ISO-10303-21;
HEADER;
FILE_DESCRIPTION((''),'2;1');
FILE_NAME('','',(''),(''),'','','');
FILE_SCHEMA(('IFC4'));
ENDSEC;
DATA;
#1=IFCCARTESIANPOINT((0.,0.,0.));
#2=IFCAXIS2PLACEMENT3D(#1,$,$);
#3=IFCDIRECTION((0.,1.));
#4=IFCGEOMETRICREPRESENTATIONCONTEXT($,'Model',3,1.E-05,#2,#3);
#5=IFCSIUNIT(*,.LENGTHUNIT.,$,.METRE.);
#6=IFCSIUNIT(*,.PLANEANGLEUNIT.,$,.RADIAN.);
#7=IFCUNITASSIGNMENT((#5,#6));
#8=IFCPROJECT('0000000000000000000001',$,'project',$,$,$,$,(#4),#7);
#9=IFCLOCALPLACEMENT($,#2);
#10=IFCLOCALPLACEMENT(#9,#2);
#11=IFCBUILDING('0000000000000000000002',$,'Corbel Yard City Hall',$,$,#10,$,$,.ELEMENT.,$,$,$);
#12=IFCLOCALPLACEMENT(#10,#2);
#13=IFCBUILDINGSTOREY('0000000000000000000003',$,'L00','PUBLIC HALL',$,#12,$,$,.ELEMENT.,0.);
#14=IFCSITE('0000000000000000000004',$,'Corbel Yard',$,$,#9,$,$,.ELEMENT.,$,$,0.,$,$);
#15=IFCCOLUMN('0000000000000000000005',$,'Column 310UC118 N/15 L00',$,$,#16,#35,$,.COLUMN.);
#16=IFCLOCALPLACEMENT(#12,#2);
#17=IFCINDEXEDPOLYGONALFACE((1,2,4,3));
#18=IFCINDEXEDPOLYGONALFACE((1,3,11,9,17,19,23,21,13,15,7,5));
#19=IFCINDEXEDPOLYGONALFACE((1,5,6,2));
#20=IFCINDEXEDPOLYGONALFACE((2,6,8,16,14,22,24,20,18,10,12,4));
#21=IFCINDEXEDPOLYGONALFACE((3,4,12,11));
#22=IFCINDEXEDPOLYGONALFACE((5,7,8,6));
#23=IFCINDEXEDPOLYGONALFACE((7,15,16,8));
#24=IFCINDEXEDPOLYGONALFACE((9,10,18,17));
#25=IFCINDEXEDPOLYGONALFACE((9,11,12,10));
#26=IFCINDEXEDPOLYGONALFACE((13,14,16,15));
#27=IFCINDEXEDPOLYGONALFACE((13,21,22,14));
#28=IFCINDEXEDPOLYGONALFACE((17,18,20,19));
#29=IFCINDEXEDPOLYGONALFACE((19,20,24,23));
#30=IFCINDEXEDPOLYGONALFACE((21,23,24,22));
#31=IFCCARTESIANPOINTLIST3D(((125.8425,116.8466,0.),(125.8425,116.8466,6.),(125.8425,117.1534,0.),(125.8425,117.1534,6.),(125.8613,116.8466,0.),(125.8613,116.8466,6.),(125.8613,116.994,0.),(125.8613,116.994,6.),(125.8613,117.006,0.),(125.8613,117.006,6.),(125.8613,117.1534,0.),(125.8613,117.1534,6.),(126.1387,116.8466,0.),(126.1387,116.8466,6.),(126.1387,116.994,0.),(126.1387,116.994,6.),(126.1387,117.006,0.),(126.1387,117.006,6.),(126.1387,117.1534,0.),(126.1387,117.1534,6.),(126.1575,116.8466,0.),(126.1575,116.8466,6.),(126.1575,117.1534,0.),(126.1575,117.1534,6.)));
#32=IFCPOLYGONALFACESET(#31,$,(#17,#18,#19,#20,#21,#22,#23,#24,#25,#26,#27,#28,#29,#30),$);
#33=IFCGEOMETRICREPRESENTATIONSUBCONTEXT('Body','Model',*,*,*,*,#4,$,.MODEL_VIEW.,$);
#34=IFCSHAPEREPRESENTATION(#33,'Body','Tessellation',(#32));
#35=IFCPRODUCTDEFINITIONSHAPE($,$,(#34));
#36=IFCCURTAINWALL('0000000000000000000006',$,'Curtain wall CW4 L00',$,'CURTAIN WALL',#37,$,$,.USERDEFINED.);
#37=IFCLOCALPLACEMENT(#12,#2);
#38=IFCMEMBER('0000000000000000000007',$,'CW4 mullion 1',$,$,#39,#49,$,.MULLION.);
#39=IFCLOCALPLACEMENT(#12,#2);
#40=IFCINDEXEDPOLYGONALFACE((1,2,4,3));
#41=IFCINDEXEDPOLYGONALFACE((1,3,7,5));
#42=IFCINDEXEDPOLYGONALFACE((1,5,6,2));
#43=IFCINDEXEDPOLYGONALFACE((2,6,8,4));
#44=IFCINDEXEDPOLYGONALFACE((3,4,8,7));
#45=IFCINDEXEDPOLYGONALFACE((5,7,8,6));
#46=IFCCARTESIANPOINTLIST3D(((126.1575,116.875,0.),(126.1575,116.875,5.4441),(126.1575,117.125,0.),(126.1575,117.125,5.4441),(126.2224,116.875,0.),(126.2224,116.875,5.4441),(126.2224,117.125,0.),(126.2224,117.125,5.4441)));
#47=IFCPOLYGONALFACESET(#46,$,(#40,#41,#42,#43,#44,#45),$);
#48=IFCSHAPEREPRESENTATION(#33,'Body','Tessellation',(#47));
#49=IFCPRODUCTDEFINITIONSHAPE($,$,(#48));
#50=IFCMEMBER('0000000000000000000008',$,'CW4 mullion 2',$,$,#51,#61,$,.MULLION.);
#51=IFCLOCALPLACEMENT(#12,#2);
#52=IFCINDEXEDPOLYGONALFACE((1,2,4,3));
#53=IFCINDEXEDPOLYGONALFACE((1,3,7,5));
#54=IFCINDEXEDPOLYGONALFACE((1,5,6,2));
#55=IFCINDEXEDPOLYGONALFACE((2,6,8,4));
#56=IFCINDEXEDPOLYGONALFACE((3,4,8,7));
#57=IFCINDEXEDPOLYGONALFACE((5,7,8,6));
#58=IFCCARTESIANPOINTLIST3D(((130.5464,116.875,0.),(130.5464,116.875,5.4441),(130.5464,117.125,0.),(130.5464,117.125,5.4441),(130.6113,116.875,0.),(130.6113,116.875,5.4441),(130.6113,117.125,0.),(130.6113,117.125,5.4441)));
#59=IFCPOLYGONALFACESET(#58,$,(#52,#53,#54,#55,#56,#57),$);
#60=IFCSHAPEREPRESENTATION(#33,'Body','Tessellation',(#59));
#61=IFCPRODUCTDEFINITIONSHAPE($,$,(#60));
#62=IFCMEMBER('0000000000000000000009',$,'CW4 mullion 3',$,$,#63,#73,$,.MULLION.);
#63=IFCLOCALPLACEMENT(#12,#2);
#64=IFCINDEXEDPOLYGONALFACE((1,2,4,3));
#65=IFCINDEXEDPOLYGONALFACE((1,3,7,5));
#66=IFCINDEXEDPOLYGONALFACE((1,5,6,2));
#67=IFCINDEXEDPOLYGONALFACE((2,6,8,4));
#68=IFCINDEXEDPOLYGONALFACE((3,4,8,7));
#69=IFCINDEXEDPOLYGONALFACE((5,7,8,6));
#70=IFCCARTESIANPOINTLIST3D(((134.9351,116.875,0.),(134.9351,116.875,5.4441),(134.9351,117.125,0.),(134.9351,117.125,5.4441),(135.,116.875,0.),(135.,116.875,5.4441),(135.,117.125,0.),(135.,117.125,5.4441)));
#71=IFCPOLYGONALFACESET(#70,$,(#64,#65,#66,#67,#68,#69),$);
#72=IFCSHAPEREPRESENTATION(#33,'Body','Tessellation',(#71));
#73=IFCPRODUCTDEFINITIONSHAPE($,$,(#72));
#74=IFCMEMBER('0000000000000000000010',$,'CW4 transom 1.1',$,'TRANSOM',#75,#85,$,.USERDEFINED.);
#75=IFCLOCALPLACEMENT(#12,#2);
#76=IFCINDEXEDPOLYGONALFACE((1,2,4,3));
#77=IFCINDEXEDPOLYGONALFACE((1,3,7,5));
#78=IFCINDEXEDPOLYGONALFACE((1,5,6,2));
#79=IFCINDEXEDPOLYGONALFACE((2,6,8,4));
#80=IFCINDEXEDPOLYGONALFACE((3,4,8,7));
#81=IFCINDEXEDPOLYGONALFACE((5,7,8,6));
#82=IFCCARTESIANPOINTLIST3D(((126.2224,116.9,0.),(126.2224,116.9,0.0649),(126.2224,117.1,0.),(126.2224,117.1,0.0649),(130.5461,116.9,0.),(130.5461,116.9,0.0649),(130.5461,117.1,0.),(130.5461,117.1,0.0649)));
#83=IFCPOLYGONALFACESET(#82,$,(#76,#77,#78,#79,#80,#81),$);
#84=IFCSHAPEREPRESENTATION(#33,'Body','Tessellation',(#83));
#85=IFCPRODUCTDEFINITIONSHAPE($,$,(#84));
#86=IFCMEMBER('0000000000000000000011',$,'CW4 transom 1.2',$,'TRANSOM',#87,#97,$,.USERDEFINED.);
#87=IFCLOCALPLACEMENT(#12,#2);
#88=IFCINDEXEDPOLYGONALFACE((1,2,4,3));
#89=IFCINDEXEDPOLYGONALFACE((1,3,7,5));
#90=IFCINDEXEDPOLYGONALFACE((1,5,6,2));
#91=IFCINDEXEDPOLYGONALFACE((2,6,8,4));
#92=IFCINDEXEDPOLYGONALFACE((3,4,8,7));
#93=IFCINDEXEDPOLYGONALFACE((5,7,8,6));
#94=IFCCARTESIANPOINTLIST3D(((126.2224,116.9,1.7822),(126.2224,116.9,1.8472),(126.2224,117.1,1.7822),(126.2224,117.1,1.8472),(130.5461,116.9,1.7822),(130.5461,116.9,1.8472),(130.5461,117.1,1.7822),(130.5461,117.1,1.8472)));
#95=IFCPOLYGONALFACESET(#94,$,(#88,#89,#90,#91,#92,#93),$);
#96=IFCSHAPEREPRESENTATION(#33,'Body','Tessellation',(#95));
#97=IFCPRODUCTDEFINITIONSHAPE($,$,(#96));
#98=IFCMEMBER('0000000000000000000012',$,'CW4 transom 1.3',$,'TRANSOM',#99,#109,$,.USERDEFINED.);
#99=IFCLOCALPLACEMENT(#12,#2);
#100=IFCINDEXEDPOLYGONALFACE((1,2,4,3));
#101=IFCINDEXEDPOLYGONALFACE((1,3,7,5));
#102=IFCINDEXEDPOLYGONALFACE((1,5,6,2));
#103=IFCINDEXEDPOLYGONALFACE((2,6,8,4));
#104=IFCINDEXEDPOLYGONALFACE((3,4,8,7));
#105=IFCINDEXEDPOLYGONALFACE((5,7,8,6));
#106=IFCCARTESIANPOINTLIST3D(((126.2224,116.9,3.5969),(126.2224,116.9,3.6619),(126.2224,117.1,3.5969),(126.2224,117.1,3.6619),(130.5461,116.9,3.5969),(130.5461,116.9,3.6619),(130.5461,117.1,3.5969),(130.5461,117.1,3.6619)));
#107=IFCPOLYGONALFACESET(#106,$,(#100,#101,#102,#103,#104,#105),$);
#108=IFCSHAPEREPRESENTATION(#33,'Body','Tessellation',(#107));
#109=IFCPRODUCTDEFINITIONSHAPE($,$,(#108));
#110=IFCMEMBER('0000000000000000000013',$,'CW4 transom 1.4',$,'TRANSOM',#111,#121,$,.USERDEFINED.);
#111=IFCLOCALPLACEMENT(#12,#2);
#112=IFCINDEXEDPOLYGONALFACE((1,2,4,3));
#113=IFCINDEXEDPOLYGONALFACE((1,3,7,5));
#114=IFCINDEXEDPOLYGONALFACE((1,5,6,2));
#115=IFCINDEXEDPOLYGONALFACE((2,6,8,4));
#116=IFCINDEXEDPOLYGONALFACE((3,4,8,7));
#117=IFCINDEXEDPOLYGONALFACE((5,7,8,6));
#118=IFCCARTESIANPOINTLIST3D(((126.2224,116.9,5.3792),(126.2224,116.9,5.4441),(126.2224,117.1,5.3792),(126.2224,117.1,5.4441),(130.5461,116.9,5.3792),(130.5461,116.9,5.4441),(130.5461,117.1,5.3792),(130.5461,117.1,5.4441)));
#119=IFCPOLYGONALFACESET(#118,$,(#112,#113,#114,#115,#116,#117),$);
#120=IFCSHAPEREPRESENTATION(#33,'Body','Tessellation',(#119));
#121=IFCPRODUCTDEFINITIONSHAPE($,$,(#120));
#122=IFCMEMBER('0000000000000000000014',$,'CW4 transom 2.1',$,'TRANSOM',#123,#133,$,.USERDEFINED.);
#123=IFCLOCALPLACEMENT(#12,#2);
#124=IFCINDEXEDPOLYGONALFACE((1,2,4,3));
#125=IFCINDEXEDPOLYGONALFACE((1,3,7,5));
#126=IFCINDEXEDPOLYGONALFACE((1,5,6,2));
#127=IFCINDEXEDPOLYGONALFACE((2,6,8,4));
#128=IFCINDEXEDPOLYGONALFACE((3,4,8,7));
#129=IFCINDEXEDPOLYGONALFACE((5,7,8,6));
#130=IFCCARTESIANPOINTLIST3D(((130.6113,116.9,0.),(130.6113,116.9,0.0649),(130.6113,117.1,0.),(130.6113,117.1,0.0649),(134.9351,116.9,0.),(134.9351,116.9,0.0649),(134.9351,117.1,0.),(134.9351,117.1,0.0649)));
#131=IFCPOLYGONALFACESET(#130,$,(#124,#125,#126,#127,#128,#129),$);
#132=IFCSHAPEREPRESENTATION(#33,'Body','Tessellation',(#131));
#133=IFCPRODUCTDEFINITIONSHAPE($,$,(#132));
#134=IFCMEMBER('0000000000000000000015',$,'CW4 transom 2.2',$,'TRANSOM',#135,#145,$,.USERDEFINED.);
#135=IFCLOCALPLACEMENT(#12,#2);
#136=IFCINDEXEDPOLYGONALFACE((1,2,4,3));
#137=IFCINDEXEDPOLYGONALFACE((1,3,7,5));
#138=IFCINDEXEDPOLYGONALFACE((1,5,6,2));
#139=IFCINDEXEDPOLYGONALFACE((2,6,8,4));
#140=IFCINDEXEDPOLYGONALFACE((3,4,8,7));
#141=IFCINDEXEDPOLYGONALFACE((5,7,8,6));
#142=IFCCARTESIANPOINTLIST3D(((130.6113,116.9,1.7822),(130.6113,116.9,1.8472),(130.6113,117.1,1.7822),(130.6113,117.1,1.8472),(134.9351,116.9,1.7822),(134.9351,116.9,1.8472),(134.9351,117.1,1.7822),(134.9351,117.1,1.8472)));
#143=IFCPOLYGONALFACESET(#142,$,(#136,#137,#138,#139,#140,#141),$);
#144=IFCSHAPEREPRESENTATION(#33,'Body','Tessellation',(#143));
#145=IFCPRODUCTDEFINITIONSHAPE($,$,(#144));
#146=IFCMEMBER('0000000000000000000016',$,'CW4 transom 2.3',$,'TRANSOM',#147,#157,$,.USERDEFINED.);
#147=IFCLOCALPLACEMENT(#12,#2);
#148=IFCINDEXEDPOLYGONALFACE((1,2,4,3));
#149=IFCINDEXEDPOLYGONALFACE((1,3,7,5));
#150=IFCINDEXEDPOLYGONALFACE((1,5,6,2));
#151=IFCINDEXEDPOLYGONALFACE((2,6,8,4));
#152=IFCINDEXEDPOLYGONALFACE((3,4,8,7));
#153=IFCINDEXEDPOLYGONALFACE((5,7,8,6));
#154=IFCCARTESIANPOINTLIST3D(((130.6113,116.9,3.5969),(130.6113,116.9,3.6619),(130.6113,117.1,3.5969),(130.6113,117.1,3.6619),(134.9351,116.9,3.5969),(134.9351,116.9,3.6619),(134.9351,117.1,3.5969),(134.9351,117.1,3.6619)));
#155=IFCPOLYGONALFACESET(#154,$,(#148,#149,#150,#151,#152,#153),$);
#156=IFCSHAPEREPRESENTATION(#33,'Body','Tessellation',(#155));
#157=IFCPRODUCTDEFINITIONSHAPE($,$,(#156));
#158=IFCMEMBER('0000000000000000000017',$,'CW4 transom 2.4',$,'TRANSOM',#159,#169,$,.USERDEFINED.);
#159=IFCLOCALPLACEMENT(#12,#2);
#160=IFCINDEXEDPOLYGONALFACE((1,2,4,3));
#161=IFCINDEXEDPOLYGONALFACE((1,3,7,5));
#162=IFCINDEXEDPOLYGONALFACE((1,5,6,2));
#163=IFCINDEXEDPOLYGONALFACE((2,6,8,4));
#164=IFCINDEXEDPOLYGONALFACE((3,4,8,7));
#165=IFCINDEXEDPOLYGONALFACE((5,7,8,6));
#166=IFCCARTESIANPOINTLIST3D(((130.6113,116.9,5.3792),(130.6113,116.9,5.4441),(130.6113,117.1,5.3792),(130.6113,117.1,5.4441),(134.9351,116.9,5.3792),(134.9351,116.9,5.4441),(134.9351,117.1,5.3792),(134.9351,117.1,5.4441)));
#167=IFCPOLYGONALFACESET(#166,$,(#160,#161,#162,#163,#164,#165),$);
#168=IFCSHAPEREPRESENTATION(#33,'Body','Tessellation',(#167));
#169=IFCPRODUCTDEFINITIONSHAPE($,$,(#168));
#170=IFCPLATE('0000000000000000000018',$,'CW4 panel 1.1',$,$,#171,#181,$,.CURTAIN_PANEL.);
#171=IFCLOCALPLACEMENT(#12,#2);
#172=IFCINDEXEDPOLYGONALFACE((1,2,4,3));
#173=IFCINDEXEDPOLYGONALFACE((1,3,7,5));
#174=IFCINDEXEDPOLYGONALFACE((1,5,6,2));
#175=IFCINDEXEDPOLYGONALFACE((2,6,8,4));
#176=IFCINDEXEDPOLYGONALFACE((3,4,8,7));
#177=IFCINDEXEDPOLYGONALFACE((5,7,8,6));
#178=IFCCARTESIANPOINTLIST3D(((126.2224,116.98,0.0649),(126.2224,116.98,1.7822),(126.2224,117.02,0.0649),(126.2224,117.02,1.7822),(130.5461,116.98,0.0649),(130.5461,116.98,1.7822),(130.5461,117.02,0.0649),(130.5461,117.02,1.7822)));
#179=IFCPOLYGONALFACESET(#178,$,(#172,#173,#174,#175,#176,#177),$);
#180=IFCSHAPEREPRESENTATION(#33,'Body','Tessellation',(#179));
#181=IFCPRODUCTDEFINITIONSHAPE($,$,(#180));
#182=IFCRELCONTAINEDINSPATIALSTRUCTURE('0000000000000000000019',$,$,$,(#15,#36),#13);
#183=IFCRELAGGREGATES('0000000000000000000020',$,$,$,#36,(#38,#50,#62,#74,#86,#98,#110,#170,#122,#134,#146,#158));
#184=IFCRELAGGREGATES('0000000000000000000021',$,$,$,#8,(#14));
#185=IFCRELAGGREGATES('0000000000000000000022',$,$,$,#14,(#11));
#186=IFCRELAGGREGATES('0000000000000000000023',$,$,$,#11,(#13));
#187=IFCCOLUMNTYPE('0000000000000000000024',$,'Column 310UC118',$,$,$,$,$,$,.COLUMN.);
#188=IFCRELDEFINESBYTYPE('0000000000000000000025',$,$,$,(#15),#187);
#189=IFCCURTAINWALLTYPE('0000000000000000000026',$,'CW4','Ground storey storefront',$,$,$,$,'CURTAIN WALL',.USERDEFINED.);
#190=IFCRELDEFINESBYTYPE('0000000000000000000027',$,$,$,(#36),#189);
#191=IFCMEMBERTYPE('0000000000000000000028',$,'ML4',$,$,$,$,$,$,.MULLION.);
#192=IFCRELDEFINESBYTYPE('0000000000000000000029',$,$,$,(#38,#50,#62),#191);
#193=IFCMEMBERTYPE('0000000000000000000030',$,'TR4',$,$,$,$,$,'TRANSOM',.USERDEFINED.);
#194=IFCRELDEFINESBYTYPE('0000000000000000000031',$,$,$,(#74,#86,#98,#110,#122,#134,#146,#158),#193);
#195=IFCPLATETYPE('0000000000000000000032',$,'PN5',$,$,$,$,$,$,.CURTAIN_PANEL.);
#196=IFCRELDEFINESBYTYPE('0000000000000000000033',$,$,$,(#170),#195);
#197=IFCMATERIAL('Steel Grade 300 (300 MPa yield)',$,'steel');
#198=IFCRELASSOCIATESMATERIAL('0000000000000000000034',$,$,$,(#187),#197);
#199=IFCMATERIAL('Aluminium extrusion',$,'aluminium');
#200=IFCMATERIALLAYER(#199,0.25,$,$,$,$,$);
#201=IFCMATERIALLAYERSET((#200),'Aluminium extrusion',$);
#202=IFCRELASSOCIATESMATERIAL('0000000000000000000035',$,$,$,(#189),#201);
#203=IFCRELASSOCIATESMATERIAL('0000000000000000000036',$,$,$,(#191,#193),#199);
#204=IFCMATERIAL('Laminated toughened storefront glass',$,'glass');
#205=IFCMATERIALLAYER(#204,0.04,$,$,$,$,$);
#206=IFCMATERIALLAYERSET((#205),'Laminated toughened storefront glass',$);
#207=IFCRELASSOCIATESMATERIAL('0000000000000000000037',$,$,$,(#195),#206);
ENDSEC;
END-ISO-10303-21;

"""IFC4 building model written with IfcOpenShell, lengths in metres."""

from ifc_helpers import new_model, si_unit, direction, frame, origin, origin_2d, place, context, subcontext, project, spatial, rectangle, i_section, extrude, material, layer, layer_set, material_profile, profile_set, type_object, element, aggregate, save


model = new_model("IFC4")

# Units and contexts
model_context = context("Model", 3, precision=1e-05, world=origin(), true_north=direction((0.0, 1.0)))
body_context = subcontext(model_context, "Body", "Model", "MODEL_VIEW")
ifc_project = project(units=[si_unit("LENGTHUNIT", "METRE"), si_unit("PLANEANGLEUNIT", "RADIAN")], contexts=[model_context])

# Site, building, storey
site_placement = place(None, origin())
site = spatial("IfcSite", under=ifc_project, at=site_placement, Name="Corbel Yard", CompositionType="ELEMENT", RefElevation=0.0)
building_placement = place(site_placement, origin())
building = spatial("IfcBuilding", under=site, at=building_placement, Name="Corbel Yard City Hall", CompositionType="ELEMENT")
storey_placement = place(building_placement, origin())
storey = spatial("IfcBuildingStorey", under=building, at=storey_placement, Name="L00", Description="PUBLIC HALL", CompositionType="ELEMENT", Elevation=0.0)

# Column
ifc_material_1 = material(Name="Steel Grade 300 (300 MPa yield)", Category="steel")
ifc_material_profile_1 = material_profile(ifc_material_1, i_section(OverallWidth=0.3069, OverallDepth=0.3149, WebThickness=0.012, FlangeThickness=0.0188, at=origin_2d()), Name="310UC118")
ifc_profile_set_1 = profile_set([ifc_material_profile_1], Name="Steel Grade 300 (300 MPa yield)")
column_type = type_object("IfcColumnType", Name="Column 310UC118", PredefinedType="COLUMN", material=ifc_profile_set_1)
column_placement = place(storey_placement, frame((126.0, 117.0, 0.0), z_axis=(0.0, 0.0, 1.0), x_axis=(0.0, 1.0, 0.0)))
element("IfcColumn", 1, at=column_placement, inside=storey, type_object=column_type, Name="Column 310UC118 N/15 L00", PredefinedType="COLUMN", context=body_context, shape_type="SweptSolid", body=[
    extrude(i_section(OverallWidth=0.3069, OverallDepth=0.3149, WebThickness=0.012, FlangeThickness=0.0188, at=origin_2d()), origin(), (0.0, 0.0, 1.0), 6.0),
])

# Curtain wall, members, plate
ifc_material_2 = material(Name="Aluminium extrusion", Category="aluminium")
ifc_layer_1 = layer(ifc_material_2, 0.25)
ifc_layer_set_1 = layer_set([ifc_layer_1], Name="Aluminium extrusion")
curtain_wall_type = type_object("IfcCurtainWallType", Name="CW4", Description="Ground storey storefront", ElementType="CURTAIN WALL", PredefinedType="USERDEFINED", material=ifc_layer_set_1)
curtain_wall_placement = place(storey_placement, origin())
curtain_wall = element("IfcCurtainWall", 2, at=curtain_wall_placement, inside=storey, type_object=curtain_wall_type, Name="Curtain wall CW4 L00", ObjectType="CURTAIN WALL", PredefinedType="USERDEFINED")
ifc_material_profile_2 = material_profile(ifc_material_2, rectangle(XDim=0.25, YDim=0.0649, at=origin_2d()), Name="250x65")
ifc_profile_set_2 = profile_set([ifc_material_profile_2], Name="Aluminium extrusion")
member_type_1 = type_object("IfcMemberType", Name="ML4", PredefinedType="MULLION", material=ifc_profile_set_2)
member_1_placement = place(storey_placement, frame((126.1899, 117.0, 0.0), z_axis=(0.0, 0.0, 1.0), x_axis=(0.0, 1.0, 0.0)))
member_1 = element("IfcMember", 3, at=member_1_placement, type_object=member_type_1, Name="CW4 mullion 1", PredefinedType="MULLION", context=body_context, shape_type="SweptSolid", body=[
    extrude(rectangle(XDim=0.25, YDim=0.0649, at=origin_2d()), origin(), (0.0, 0.0, 1.0), 5.4441),
])
member_2_placement = place(storey_placement, frame((130.5789, 117.0, 0.0), z_axis=(0.0, 0.0, 1.0), x_axis=(0.0, 1.0, 0.0)))
member_2 = element("IfcMember", 4, at=member_2_placement, type_object=member_type_1, Name="CW4 mullion 2", PredefinedType="MULLION", context=body_context, shape_type="SweptSolid", body=[
    extrude(rectangle(XDim=0.25, YDim=0.0649, at=origin_2d()), origin(), (0.0, 0.0, 1.0), 5.4441),
])
member_3_placement = place(storey_placement, frame((134.9675, 117.0, 0.0), z_axis=(0.0, 0.0, 1.0), x_axis=(0.0, 1.0, 0.0)))
member_3 = element("IfcMember", 5, at=member_3_placement, type_object=member_type_1, Name="CW4 mullion 3", PredefinedType="MULLION", context=body_context, shape_type="SweptSolid", body=[
    extrude(rectangle(XDim=0.25, YDim=0.0649, at=origin_2d()), origin(), (0.0, 0.0, 1.0), 5.4441),
])
ifc_material_profile_3 = material_profile(ifc_material_2, rectangle(XDim=0.2, YDim=0.0649, at=origin_2d()), Name="200x65")
ifc_profile_set_3 = profile_set([ifc_material_profile_3], Name="Aluminium extrusion")
member_type_2 = type_object("IfcMemberType", Name="TR4", ElementType="TRANSOM", PredefinedType="USERDEFINED", material=ifc_profile_set_3)
member_4_placement = place(storey_placement, frame((126.2224, 117.0, 0.0325), z_axis=(1.0, 0.0, 0.0), x_axis=(0.0, 1.0, 0.0)))
member_4 = element("IfcMember", 6, at=member_4_placement, type_object=member_type_2, Name="CW4 transom 1.1", ObjectType="TRANSOM", PredefinedType="USERDEFINED", context=body_context, shape_type="SweptSolid", body=[
    extrude(rectangle(XDim=0.2, YDim=0.0649, at=origin_2d()), origin(), (0.0, 0.0, 1.0), 4.3237),
])
member_5_placement = place(storey_placement, frame((126.2224, 117.0, 1.8147), z_axis=(1.0, 0.0, 0.0), x_axis=(0.0, 1.0, 0.0)))
member_5 = element("IfcMember", 7, at=member_5_placement, type_object=member_type_2, Name="CW4 transom 1.2", ObjectType="TRANSOM", PredefinedType="USERDEFINED", context=body_context, shape_type="SweptSolid", body=[
    extrude(rectangle(XDim=0.2, YDim=0.0649, at=origin_2d()), origin(), (0.0, 0.0, 1.0), 4.3237),
])
member_6_placement = place(storey_placement, frame((126.2224, 117.0, 3.6294), z_axis=(1.0, 0.0, 0.0), x_axis=(0.0, 1.0, 0.0)))
member_6 = element("IfcMember", 8, at=member_6_placement, type_object=member_type_2, Name="CW4 transom 1.3", ObjectType="TRANSOM", PredefinedType="USERDEFINED", context=body_context, shape_type="SweptSolid", body=[
    extrude(rectangle(XDim=0.2, YDim=0.0649, at=origin_2d()), origin(), (0.0, 0.0, 1.0), 4.3237),
])
member_7_placement = place(storey_placement, frame((126.2224, 117.0, 5.4116), z_axis=(1.0, 0.0, 0.0), x_axis=(0.0, 1.0, 0.0)))
member_7 = element("IfcMember", 9, at=member_7_placement, type_object=member_type_2, Name="CW4 transom 1.4", ObjectType="TRANSOM", PredefinedType="USERDEFINED", context=body_context, shape_type="SweptSolid", body=[
    extrude(rectangle(XDim=0.2, YDim=0.0649, at=origin_2d()), origin(), (0.0, 0.0, 1.0), 4.3237),
])
member_8_placement = place(storey_placement, frame((130.6113, 117.0, 0.0325), z_axis=(1.0, 0.0, 0.0), x_axis=(0.0, 1.0, 0.0)))
member_8 = element("IfcMember", 10, at=member_8_placement, type_object=member_type_2, Name="CW4 transom 2.1", ObjectType="TRANSOM", PredefinedType="USERDEFINED", context=body_context, shape_type="SweptSolid", body=[
    extrude(rectangle(XDim=0.2, YDim=0.0649, at=origin_2d()), origin(), (0.0, 0.0, 1.0), 4.3237),
])
member_9_placement = place(storey_placement, frame((130.6113, 117.0, 1.8147), z_axis=(1.0, 0.0, 0.0), x_axis=(0.0, 1.0, 0.0)))
member_9 = element("IfcMember", 11, at=member_9_placement, type_object=member_type_2, Name="CW4 transom 2.2", ObjectType="TRANSOM", PredefinedType="USERDEFINED", context=body_context, shape_type="SweptSolid", body=[
    extrude(rectangle(XDim=0.2, YDim=0.0649, at=origin_2d()), origin(), (0.0, 0.0, 1.0), 4.3237),
])
member_10_placement = place(storey_placement, frame((130.6113, 117.0, 3.6294), z_axis=(1.0, 0.0, 0.0), x_axis=(0.0, 1.0, 0.0)))
member_10 = element("IfcMember", 12, at=member_10_placement, type_object=member_type_2, Name="CW4 transom 2.3", ObjectType="TRANSOM", PredefinedType="USERDEFINED", context=body_context, shape_type="SweptSolid", body=[
    extrude(rectangle(XDim=0.2, YDim=0.0649, at=origin_2d()), origin(), (0.0, 0.0, 1.0), 4.3237),
])
member_11_placement = place(storey_placement, frame((130.6113, 117.0, 5.4116), z_axis=(1.0, 0.0, 0.0), x_axis=(0.0, 1.0, 0.0)))
member_11 = element("IfcMember", 13, at=member_11_placement, type_object=member_type_2, Name="CW4 transom 2.4", ObjectType="TRANSOM", PredefinedType="USERDEFINED", context=body_context, shape_type="SweptSolid", body=[
    extrude(rectangle(XDim=0.2, YDim=0.0649, at=origin_2d()), origin(), (0.0, 0.0, 1.0), 4.3237),
])
ifc_material_3 = material(Name="Laminated toughened storefront glass", Category="glass")
ifc_layer_2 = layer(ifc_material_3, 0.04)
ifc_layer_set_2 = layer_set([ifc_layer_2], Name="Laminated toughened storefront glass")
plate_type = type_object("IfcPlateType", Name="PN5", PredefinedType="CURTAIN_PANEL", material=ifc_layer_set_2)
plate_1_placement = place(storey_placement, frame((128.3843, 117.0, 0.0649), z_axis=(0.0, 0.0, 1.0), x_axis=(1.0, 0.0, 0.0)))
plate_1 = element("IfcPlate", 14, at=plate_1_placement, type_object=plate_type, Name="CW4 panel 1.1", PredefinedType="CURTAIN_PANEL", context=body_context, shape_type="SweptSolid", body=[
    extrude(rectangle(XDim=4.3237, YDim=0.04, at=origin_2d()), origin(), (0.0, 0.0, 1.0), 1.7173),
])
aggregate(curtain_wall, [member_1, member_2, member_3, member_4, member_5, member_6, member_7, plate_1, member_8, member_9, member_10, member_11])

save(model, "model.ifc")
